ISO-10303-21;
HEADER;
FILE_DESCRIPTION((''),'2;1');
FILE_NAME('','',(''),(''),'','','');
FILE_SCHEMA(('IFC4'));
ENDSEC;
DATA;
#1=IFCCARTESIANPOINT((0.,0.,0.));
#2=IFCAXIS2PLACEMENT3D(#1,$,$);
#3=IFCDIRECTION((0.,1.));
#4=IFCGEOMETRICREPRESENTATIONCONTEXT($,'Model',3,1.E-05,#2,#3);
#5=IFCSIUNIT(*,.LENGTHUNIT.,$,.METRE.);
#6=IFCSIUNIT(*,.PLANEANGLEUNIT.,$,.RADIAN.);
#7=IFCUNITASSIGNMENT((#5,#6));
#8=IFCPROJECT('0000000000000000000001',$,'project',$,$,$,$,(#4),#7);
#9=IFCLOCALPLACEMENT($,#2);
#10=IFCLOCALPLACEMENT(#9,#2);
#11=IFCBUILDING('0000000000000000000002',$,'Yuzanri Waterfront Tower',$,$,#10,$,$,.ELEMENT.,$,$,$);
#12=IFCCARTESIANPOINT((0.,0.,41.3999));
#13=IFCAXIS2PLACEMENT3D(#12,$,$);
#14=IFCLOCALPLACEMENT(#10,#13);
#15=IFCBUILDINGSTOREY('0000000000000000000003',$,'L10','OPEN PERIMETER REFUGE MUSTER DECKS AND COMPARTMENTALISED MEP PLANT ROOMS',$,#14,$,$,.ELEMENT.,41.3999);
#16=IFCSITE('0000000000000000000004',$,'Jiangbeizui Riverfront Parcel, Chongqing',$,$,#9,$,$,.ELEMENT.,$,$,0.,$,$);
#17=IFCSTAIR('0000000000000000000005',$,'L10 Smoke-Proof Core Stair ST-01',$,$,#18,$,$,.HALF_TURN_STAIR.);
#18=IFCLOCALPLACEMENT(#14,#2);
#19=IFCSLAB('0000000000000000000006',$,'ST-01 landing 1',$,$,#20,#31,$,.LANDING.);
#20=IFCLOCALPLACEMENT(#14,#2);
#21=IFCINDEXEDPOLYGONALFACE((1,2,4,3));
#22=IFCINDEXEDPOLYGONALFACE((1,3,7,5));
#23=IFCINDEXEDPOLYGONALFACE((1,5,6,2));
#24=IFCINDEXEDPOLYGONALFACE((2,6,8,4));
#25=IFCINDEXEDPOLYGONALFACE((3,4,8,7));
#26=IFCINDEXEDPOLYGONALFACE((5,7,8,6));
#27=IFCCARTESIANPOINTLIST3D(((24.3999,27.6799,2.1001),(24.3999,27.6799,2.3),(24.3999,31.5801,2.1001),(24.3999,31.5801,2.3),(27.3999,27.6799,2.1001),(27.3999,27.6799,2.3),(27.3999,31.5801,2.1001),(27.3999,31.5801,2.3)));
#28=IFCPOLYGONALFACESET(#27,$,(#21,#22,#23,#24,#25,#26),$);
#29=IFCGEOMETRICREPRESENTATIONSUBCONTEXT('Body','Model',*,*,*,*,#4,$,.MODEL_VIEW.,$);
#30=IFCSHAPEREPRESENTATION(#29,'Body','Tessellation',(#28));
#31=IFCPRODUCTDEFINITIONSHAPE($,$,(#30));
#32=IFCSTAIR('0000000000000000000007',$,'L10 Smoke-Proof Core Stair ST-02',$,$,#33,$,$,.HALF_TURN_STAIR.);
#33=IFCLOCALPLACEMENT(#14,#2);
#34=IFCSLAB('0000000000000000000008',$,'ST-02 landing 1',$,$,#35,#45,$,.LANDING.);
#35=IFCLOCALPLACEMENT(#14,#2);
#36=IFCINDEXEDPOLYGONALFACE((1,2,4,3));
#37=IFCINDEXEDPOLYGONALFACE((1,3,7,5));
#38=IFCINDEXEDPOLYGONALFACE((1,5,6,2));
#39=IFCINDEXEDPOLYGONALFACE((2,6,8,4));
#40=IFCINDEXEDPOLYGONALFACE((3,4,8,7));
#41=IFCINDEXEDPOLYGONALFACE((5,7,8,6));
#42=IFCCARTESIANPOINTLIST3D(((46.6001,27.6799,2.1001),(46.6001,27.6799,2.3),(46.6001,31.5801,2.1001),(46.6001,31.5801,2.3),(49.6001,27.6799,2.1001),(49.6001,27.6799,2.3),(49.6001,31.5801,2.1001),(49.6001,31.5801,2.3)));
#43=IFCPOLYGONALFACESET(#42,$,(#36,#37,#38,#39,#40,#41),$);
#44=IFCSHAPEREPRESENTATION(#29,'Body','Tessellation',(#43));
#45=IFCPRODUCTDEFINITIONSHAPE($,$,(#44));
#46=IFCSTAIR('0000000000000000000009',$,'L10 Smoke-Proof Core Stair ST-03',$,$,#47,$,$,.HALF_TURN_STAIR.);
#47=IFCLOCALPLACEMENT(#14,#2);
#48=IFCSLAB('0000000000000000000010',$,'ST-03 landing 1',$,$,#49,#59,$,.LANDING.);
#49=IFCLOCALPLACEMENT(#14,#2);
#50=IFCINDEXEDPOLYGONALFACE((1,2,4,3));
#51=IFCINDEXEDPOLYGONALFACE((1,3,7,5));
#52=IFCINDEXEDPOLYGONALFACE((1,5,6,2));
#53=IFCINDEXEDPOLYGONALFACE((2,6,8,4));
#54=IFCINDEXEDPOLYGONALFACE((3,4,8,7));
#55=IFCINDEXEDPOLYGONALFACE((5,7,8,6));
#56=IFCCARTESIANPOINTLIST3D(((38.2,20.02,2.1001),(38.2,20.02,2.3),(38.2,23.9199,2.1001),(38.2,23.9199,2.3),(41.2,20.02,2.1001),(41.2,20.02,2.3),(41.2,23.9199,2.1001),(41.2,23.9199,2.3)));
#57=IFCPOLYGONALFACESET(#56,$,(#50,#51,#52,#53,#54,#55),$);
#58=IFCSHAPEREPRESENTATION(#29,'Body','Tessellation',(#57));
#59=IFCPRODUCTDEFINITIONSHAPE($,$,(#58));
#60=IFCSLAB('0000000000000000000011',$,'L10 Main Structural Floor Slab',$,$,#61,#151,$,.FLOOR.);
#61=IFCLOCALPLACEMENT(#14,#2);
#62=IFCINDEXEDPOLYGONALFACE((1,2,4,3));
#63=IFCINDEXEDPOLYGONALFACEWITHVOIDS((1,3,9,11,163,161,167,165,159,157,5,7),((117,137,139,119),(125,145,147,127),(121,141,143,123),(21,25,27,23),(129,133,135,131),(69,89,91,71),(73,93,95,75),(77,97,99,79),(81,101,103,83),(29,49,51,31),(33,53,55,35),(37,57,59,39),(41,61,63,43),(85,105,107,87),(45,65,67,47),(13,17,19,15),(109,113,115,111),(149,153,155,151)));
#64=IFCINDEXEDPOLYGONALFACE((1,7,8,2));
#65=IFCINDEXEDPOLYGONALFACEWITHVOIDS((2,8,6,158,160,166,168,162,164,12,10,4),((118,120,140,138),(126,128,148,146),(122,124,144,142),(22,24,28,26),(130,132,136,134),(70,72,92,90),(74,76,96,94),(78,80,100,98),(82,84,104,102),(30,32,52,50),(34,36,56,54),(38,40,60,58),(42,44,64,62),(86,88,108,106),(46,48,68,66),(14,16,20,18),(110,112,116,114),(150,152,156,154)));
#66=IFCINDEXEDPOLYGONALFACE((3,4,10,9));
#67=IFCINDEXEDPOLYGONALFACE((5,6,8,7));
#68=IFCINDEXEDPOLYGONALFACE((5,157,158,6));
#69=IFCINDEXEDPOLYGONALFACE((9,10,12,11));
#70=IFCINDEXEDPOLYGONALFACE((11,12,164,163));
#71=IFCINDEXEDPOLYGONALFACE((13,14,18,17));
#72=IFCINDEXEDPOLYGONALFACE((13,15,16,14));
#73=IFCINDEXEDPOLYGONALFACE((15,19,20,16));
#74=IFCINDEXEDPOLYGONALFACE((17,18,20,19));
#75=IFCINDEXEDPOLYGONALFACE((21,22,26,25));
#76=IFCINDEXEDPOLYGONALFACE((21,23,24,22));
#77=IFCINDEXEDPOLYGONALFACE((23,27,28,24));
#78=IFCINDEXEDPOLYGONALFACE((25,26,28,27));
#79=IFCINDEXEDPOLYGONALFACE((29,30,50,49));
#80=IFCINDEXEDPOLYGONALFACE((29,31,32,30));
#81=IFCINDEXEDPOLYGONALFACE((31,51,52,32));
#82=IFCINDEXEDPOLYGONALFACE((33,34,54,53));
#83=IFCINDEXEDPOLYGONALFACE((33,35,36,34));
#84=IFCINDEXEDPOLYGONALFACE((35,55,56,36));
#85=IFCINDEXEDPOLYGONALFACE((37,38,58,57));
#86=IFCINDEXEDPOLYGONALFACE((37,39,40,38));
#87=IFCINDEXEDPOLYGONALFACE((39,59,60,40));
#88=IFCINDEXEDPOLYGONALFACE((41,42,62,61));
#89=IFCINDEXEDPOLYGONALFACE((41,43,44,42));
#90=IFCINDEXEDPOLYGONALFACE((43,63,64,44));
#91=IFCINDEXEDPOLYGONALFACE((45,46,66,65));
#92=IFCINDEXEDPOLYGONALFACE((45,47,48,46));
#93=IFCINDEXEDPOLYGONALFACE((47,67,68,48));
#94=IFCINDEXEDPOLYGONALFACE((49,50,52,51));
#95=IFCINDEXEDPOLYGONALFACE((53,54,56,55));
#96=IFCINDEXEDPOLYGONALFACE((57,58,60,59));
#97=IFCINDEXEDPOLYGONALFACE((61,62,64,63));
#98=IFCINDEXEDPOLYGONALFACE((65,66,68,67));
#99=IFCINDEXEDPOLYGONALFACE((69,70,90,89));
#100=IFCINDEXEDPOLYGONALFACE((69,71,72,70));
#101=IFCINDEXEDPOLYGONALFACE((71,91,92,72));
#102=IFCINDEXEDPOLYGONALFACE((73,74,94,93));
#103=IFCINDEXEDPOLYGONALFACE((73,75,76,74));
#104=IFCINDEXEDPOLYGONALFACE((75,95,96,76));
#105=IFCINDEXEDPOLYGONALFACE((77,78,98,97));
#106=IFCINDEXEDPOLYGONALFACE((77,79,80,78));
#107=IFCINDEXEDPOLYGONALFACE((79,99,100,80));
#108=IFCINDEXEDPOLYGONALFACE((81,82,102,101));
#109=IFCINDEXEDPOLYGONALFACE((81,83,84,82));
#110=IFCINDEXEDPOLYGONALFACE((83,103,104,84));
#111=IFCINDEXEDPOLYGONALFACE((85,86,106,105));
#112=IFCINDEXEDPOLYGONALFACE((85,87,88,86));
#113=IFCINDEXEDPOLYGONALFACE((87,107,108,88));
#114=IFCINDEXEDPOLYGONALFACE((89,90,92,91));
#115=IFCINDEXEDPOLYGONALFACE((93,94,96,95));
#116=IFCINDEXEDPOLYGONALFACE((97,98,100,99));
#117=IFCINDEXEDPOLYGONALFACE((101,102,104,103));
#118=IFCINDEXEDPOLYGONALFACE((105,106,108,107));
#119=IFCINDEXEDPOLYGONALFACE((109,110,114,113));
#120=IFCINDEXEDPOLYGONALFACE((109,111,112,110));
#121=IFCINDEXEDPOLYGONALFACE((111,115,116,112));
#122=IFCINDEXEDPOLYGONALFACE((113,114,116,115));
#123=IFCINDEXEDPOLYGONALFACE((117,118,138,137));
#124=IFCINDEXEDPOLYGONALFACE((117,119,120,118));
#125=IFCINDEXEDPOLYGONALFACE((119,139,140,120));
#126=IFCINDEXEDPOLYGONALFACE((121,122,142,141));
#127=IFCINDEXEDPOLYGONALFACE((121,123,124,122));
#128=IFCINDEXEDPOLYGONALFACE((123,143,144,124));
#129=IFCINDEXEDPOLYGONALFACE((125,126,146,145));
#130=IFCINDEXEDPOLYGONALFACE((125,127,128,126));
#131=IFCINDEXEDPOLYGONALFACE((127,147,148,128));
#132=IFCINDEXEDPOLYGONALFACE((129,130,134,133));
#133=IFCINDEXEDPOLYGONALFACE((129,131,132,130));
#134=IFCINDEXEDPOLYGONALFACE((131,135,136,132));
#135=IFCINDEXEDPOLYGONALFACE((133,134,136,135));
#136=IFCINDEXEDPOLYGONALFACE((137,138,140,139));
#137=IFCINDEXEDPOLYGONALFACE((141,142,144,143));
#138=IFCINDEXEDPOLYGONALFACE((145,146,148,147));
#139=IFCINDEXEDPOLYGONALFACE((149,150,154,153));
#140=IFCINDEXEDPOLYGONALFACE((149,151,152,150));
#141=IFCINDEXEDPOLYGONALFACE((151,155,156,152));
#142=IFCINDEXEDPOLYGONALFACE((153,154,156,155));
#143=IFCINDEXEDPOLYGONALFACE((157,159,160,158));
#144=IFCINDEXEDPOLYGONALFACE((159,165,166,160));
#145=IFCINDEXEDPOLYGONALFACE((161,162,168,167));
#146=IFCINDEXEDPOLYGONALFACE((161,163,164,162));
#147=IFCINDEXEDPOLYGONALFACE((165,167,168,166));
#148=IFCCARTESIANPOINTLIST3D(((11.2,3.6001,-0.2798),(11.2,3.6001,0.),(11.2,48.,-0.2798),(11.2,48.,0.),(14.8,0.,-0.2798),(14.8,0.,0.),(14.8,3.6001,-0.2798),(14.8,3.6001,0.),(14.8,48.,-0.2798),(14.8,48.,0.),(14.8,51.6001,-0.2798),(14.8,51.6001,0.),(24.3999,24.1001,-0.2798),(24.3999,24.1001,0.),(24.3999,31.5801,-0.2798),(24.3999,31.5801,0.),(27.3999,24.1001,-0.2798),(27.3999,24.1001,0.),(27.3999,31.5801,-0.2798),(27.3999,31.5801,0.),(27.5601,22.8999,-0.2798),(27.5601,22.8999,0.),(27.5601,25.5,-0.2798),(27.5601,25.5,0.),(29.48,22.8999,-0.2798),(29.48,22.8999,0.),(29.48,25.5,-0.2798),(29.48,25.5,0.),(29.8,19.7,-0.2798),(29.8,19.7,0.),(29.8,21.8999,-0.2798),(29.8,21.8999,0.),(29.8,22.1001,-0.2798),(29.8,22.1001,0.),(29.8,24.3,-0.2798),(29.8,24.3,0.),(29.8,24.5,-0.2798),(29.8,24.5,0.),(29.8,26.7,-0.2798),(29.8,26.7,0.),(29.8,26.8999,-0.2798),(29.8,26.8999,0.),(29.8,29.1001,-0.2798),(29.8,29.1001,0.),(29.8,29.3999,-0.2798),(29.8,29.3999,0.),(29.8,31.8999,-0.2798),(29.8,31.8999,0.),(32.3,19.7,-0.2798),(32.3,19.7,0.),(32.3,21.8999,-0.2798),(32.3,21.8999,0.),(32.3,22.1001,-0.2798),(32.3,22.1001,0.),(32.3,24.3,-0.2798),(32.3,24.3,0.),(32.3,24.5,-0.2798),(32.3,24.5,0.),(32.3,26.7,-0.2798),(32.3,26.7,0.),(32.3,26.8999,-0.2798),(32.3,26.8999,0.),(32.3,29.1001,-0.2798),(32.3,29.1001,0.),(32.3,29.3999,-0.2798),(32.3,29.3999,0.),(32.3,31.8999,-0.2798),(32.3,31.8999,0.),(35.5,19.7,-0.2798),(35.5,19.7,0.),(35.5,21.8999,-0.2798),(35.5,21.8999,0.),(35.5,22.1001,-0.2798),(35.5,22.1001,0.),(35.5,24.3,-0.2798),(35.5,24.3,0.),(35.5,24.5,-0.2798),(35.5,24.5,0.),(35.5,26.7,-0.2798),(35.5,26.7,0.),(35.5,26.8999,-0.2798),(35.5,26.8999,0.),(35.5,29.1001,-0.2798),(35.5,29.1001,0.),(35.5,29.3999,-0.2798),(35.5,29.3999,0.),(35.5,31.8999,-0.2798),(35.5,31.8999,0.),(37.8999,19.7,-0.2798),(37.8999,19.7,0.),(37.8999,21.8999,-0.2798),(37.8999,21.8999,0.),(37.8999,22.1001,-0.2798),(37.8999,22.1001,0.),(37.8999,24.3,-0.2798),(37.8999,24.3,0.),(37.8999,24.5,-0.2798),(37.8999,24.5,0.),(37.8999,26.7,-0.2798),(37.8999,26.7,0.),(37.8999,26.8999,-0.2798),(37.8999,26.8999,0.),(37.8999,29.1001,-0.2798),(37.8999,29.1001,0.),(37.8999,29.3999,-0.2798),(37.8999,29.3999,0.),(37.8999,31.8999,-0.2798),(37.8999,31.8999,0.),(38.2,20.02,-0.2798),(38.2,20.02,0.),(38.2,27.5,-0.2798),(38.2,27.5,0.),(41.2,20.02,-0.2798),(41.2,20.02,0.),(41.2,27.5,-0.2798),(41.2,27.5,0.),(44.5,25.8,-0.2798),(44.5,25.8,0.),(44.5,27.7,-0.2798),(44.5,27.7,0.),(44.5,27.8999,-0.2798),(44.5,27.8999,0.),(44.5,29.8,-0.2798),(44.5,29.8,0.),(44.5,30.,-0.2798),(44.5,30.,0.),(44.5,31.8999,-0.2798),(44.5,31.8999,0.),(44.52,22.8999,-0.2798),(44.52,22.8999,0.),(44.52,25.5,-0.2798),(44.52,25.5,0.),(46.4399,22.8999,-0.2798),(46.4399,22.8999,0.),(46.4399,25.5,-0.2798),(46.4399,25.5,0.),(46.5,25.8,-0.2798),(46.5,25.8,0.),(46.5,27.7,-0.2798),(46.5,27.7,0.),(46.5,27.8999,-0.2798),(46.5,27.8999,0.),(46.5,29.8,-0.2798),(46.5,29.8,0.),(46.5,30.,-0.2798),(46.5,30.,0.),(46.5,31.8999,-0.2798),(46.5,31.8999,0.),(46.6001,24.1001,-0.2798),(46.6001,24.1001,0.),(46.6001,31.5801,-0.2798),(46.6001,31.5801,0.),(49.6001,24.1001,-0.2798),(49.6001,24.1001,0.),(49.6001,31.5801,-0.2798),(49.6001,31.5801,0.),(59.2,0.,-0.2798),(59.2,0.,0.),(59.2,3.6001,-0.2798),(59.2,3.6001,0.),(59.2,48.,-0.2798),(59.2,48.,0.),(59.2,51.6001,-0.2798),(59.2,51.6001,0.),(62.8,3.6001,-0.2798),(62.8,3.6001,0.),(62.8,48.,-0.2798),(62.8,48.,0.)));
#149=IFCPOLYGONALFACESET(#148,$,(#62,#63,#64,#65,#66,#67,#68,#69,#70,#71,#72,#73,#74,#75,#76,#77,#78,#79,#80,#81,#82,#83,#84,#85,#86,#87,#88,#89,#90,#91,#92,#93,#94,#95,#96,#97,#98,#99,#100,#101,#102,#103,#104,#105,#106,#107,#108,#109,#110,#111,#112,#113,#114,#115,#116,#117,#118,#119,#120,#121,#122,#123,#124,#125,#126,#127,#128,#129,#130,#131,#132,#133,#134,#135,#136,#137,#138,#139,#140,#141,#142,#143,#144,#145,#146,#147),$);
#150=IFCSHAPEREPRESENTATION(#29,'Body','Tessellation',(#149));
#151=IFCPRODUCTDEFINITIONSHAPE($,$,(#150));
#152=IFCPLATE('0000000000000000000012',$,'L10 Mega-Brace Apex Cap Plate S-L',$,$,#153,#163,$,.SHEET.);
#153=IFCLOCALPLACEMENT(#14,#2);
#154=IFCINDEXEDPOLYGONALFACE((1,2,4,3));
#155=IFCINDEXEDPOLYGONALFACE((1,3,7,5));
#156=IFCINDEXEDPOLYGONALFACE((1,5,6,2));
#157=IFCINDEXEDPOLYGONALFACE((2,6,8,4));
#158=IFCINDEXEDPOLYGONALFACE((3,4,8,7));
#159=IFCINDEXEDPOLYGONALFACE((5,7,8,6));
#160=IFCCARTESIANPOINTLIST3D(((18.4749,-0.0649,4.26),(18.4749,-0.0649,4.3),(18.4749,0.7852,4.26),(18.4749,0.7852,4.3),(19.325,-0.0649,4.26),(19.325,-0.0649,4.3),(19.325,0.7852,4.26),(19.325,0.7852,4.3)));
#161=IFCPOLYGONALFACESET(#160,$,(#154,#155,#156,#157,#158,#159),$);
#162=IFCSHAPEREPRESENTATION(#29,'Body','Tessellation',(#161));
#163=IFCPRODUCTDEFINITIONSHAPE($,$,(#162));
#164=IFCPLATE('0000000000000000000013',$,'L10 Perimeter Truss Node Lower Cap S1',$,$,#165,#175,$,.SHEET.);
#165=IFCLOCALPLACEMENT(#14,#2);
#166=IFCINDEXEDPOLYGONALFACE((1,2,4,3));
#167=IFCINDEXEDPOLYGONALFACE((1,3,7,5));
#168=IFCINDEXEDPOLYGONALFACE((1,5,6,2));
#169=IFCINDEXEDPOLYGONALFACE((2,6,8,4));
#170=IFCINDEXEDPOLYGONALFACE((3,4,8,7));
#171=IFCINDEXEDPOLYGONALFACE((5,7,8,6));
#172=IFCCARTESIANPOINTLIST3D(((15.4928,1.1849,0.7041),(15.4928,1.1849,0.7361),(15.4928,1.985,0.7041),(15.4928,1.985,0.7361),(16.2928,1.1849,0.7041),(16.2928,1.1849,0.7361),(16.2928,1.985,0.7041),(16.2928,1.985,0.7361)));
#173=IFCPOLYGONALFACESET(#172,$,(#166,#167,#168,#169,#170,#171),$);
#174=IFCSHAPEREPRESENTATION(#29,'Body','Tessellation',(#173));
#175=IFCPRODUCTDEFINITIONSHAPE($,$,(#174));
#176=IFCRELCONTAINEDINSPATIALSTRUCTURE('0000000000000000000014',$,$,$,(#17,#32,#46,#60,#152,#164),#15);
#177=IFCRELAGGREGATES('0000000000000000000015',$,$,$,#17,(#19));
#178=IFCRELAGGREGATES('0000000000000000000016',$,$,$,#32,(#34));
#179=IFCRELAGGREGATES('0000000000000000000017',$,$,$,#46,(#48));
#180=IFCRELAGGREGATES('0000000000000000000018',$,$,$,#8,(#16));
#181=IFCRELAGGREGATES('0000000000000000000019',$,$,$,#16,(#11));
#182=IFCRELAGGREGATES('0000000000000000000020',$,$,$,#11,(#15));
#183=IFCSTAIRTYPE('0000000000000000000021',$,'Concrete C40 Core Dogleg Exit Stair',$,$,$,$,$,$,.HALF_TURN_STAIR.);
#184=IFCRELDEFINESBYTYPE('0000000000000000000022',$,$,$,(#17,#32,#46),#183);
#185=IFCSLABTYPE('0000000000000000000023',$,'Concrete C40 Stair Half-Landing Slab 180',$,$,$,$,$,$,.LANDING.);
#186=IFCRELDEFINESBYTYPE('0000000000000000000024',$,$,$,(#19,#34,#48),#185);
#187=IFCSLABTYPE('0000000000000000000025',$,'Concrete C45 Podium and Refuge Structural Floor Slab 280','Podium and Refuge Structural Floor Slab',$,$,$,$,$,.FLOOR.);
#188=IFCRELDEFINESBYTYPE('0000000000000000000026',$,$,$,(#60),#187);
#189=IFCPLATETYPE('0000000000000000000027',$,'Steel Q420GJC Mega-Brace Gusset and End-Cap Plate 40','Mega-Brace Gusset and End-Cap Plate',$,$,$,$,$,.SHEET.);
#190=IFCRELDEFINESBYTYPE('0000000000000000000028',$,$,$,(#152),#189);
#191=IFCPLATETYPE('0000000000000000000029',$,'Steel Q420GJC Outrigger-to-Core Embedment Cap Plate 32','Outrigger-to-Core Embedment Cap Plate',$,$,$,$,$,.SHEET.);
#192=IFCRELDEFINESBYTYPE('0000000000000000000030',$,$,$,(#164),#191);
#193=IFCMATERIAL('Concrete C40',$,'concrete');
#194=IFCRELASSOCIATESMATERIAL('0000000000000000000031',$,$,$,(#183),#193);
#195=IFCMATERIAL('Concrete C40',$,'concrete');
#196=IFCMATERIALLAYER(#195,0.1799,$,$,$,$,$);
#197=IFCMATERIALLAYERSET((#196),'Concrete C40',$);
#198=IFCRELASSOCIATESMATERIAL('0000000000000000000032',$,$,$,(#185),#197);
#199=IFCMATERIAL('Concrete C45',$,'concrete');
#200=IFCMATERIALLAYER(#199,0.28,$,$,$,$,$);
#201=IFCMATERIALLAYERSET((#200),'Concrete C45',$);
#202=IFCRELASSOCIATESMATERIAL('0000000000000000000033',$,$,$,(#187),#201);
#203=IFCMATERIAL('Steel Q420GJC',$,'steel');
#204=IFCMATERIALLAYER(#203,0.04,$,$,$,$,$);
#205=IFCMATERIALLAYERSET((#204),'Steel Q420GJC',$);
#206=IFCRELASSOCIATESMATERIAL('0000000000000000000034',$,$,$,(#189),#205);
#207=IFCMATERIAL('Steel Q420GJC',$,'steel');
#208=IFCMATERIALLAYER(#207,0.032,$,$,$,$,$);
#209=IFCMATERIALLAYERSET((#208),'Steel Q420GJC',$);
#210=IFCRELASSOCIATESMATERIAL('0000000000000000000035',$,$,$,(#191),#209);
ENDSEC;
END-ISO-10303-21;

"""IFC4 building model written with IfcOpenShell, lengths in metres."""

from ifc_helpers import new_model, si_unit, direction, frame, origin, origin_2d, place, context, subcontext, project, spatial, polyline, rectangle, outline, extrude, source, transform, mapped, material, layer, layer_set, type_object, element, aggregate, save


model = new_model("IFC4")

# Units and contexts
model_context = context("Model", 3, precision=1e-05, world=origin(), true_north=direction((0.0, 1.0)))
body_context = subcontext(model_context, "Body", "Model", "MODEL_VIEW")
ifc_project = project(units=[si_unit("LENGTHUNIT", "METRE"), si_unit("PLANEANGLEUNIT", "RADIAN")], contexts=[model_context])

# Site, building, storey
site_placement = place(None, origin())
site = spatial("IfcSite", under=ifc_project, at=site_placement, Name="Jiangbeizui Riverfront Parcel, Chongqing", CompositionType="ELEMENT", RefElevation=0.0)
building_placement = place(site_placement, origin())
building = spatial("IfcBuilding", under=site, at=building_placement, Name="Yuzanri Waterfront Tower", CompositionType="ELEMENT")
storey_placement = place(building_placement, frame((0.0, 0.0, 41.3999)))
storey = spatial("IfcBuildingStorey", under=building, at=storey_placement, Name="L10", Description="OPEN PERIMETER REFUGE MUSTER DECKS AND COMPARTMENTALISED MEP PLANT ROOMS", CompositionType="ELEMENT", Elevation=41.3999)

# Stairs, slabs
ifc_material_1 = material(Name="Concrete C40", Category="concrete")
stair_type = type_object("IfcStairType", Name="Concrete C40 Core Dogleg Exit Stair", PredefinedType="HALF_TURN_STAIR", material=ifc_material_1)
stair_1_placement = place(storey_placement, origin())
stair_1 = element("IfcStair", 1, at=stair_1_placement, inside=storey, type_object=stair_type, Name="L10 Smoke-Proof Core Stair ST-01", PredefinedType="HALF_TURN_STAIR")
ifc_material_2 = material(Name="Concrete C40", Category="concrete")
ifc_layer_1 = layer(ifc_material_2, 0.1799)
ifc_layer_set_1 = layer_set([ifc_layer_1], Name="Concrete C40")
slab_type_1 = type_object("IfcSlabType", Name="Concrete C40 Stair Half-Landing Slab 180", PredefinedType="LANDING", material=ifc_layer_set_1)
slab_1_placement = place(storey_placement, frame((0.0, 0.0, 2.1001)))
slab_1 = element("IfcSlab", 2, at=slab_1_placement, type_object=slab_type_1, Name="ST-01 landing 1", PredefinedType="LANDING", context=body_context, shape_type="SweptSolid", body=[
    extrude(outline(polyline([(27.3999, 27.6799), (27.3999, 31.5801), (24.3999, 31.5801), (24.3999, 27.6799), (27.3999, 27.6799)])), origin(), (0.0, 0.0, 1.0), 0.2),
])
aggregate(stair_1, [slab_1])
stair_2_placement = place(storey_placement, origin())
stair_2 = element("IfcStair", 3, at=stair_2_placement, inside=storey, type_object=stair_type, Name="L10 Smoke-Proof Core Stair ST-02", PredefinedType="HALF_TURN_STAIR")
slab_2_placement = place(storey_placement, frame((0.0, 0.0, 2.1001)))
slab_2 = element("IfcSlab", 4, at=slab_2_placement, type_object=slab_type_1, Name="ST-02 landing 1", PredefinedType="LANDING", context=body_context, shape_type="SweptSolid", body=[
    extrude(outline(polyline([(49.6001, 27.6799), (49.6001, 31.5801), (46.6001, 31.5801), (46.6001, 27.6799), (49.6001, 27.6799)])), origin(), (0.0, 0.0, 1.0), 0.2),
])
aggregate(stair_2, [slab_2])
stair_3_placement = place(storey_placement, origin())
stair_3 = element("IfcStair", 5, at=stair_3_placement, inside=storey, type_object=stair_type, Name="L10 Smoke-Proof Core Stair ST-03", PredefinedType="HALF_TURN_STAIR")
slab_3_placement = place(storey_placement, frame((0.0, 0.0, 2.1001)))
slab_3 = element("IfcSlab", 6, at=slab_3_placement, type_object=slab_type_1, Name="ST-03 landing 1", PredefinedType="LANDING", context=body_context, shape_type="SweptSolid", body=[
    extrude(outline(polyline([(38.2, 23.9199), (38.2, 20.02), (41.2, 20.02), (41.2, 23.9199), (38.2, 23.9199)])), origin(), (0.0, 0.0, 1.0), 0.2),
])
aggregate(stair_3, [slab_3])

# Slab
ifc_material_3 = material(Name="Concrete C45", Category="concrete")
ifc_layer_2 = layer(ifc_material_3, 0.28)
ifc_layer_set_2 = layer_set([ifc_layer_2], Name="Concrete C45")
slab_type_2 = type_object("IfcSlabType", Name="Concrete C45 Podium and Refuge Structural Floor Slab 280", Description="Podium and Refuge Structural Floor Slab", PredefinedType="FLOOR", material=ifc_layer_set_2)
slab_4_placement = place(storey_placement, frame((0.0, 0.0, -0.2798)))
element("IfcSlab", 7, at=slab_4_placement, inside=storey, type_object=slab_type_2, Name="L10 Main Structural Floor Slab", PredefinedType="FLOOR", context=body_context, shape_type="SweptSolid", body=[
    extrude(outline(polyline([(14.8, 0.0), (59.2, 0.0), (59.2, 3.6001), (62.8, 3.6001), (62.8, 48.0), (59.2, 48.0), (59.2, 51.6001), (14.8, 51.6001), (14.8, 48.0), (11.2, 48.0), (11.2, 3.6001), (14.8, 3.6001), (14.8, 0.0)]), holes=[polyline([(27.3999, 24.1001), (27.3999, 31.5801), (24.3999, 31.5801), (24.3999, 24.1001), (27.3999, 24.1001)]), polyline([(49.6001, 24.1001), (49.6001, 31.5801), (46.6001, 31.5801), (46.6001, 24.1001), (49.6001, 24.1001)]), polyline([(38.2, 27.5), (38.2, 20.02), (41.2, 20.02), (41.2, 27.5), (38.2, 27.5)]), polyline([(27.5601, 22.8999), (29.48, 22.8999), (29.48, 25.5), (27.5601, 25.5), (27.5601, 22.8999)]), polyline([(44.52, 22.8999), (46.4399, 22.8999), (46.4399, 25.5), (44.52, 25.5), (44.52, 22.8999)]), polyline([(29.8, 19.7), (32.3, 19.7), (32.3, 21.8999), (29.8, 21.8999), (29.8, 19.7)]), polyline([(29.8, 22.1001), (32.3, 22.1001), (32.3, 24.3), (29.8, 24.3), (29.8, 22.1001)]), polyline([(29.8, 24.5), (32.3, 24.5), (32.3, 26.7), (29.8, 26.7), (29.8, 24.5)]), polyline([(29.8, 26.8999), (32.3, 26.8999), (32.3, 29.1001), (29.8, 29.1001), (29.8, 26.8999)]), polyline([(29.8, 29.3999), (32.3, 29.3999), (32.3, 31.8999), (29.8, 31.8999), (29.8, 29.3999)]), polyline([(35.5, 19.7), (37.8999, 19.7), (37.8999, 21.8999), (35.5, 21.8999), (35.5, 19.7)]), polyline([(35.5, 22.1001), (37.8999, 22.1001), (37.8999, 24.3), (35.5, 24.3), (35.5, 22.1001)]), polyline([(35.5, 24.5), (37.8999, 24.5), (37.8999, 26.7), (35.5, 26.7), (35.5, 24.5)]), polyline([(35.5, 26.8999), (37.8999, 26.8999), (37.8999, 29.1001), (35.5, 29.1001), (35.5, 26.8999)]), polyline([(35.5, 29.3999), (37.8999, 29.3999), (37.8999, 31.8999), (35.5, 31.8999), (35.5, 29.3999)]), polyline([(44.5, 25.8), (46.5, 25.8), (46.5, 27.7), (44.5, 27.7), (44.5, 25.8)]), polyline([(44.5, 27.8999), (46.5, 27.8999), (46.5, 29.8), (44.5, 29.8), (44.5, 27.8999)]), polyline([(44.5, 30.0), (46.5, 30.0), (46.5, 31.8999), (44.5, 31.8999), (44.5, 30.0)])]), origin(), (0.0, 0.0, 1.0), 0.2798),
])

# Plates
ifc_material_4 = material(Name="Steel Q420GJC", Category="steel")
ifc_layer_3 = layer(ifc_material_4, 0.04)
ifc_layer_set_3 = layer_set([ifc_layer_3], Name="Steel Q420GJC")
plate_type_1 = type_object("IfcPlateType", Name="Steel Q420GJC Mega-Brace Gusset and End-Cap Plate 40", Description="Mega-Brace Gusset and End-Cap Plate", PredefinedType="SHEET", material=ifc_layer_set_3)
shared_shape_1 = source(origin(), body_context, "Body", "SweptSolid", [
    extrude(rectangle(XDim=0.8501, YDim=0.8501, at=origin_2d()), origin(), (0.0, 0.0, 1.0), 0.04),
])
plate_placement = place(storey_placement, frame((18.8999, 0.3601, 4.26), z_axis=(0.0, 0.0, 1.0), x_axis=(1.0, 0.0, 0.0)))
element("IfcPlate", 8, at=plate_placement, inside=storey, type_object=plate_type_1, Name="L10 Mega-Brace Apex Cap Plate S-L", PredefinedType="SHEET", context=body_context, shape_type="MappedRepresentation", body=[
    mapped(shared_shape_1, transform((0.0, 0.0, 0.0), scale=1.0)),
])
ifc_material_5 = material(Name="Steel Q420GJC", Category="steel")
ifc_layer_4 = layer(ifc_material_5, 0.032)
ifc_layer_set_4 = layer_set([ifc_layer_4], Name="Steel Q420GJC")
plate_type_2 = type_object("IfcPlateType", Name="Steel Q420GJC Outrigger-to-Core Embedment Cap Plate 32", Description="Outrigger-to-Core Embedment Cap Plate", PredefinedType="SHEET", material=ifc_layer_set_4)
shared_shape_2 = source(origin(), body_context, "Body", "SweptSolid", [
    extrude(rectangle(XDim=0.8, YDim=0.8, at=origin_2d()), origin(), (0.0, 0.0, 1.0), 0.032),
])
for number, where, z_axis, x_axis, name in (
    (9, (15.8928, 1.585, 0.7041), (0.0, 0.0, 1.0), (1.0, 0.0, 0.0), "L10 Perimeter Truss Node Lower Cap S1"),
):
    element("IfcPlate", number, at=place(storey_placement, frame(where, z_axis=z_axis, x_axis=x_axis)), inside=storey, type_object=plate_type_2, Name=name, PredefinedType="SHEET", context=body_context, shape_type="MappedRepresentation", body=[
        mapped(shared_shape_2, transform((0.0, 0.0, 0.0), scale=1.0)),
    ])

save(model, "model.ifc")
